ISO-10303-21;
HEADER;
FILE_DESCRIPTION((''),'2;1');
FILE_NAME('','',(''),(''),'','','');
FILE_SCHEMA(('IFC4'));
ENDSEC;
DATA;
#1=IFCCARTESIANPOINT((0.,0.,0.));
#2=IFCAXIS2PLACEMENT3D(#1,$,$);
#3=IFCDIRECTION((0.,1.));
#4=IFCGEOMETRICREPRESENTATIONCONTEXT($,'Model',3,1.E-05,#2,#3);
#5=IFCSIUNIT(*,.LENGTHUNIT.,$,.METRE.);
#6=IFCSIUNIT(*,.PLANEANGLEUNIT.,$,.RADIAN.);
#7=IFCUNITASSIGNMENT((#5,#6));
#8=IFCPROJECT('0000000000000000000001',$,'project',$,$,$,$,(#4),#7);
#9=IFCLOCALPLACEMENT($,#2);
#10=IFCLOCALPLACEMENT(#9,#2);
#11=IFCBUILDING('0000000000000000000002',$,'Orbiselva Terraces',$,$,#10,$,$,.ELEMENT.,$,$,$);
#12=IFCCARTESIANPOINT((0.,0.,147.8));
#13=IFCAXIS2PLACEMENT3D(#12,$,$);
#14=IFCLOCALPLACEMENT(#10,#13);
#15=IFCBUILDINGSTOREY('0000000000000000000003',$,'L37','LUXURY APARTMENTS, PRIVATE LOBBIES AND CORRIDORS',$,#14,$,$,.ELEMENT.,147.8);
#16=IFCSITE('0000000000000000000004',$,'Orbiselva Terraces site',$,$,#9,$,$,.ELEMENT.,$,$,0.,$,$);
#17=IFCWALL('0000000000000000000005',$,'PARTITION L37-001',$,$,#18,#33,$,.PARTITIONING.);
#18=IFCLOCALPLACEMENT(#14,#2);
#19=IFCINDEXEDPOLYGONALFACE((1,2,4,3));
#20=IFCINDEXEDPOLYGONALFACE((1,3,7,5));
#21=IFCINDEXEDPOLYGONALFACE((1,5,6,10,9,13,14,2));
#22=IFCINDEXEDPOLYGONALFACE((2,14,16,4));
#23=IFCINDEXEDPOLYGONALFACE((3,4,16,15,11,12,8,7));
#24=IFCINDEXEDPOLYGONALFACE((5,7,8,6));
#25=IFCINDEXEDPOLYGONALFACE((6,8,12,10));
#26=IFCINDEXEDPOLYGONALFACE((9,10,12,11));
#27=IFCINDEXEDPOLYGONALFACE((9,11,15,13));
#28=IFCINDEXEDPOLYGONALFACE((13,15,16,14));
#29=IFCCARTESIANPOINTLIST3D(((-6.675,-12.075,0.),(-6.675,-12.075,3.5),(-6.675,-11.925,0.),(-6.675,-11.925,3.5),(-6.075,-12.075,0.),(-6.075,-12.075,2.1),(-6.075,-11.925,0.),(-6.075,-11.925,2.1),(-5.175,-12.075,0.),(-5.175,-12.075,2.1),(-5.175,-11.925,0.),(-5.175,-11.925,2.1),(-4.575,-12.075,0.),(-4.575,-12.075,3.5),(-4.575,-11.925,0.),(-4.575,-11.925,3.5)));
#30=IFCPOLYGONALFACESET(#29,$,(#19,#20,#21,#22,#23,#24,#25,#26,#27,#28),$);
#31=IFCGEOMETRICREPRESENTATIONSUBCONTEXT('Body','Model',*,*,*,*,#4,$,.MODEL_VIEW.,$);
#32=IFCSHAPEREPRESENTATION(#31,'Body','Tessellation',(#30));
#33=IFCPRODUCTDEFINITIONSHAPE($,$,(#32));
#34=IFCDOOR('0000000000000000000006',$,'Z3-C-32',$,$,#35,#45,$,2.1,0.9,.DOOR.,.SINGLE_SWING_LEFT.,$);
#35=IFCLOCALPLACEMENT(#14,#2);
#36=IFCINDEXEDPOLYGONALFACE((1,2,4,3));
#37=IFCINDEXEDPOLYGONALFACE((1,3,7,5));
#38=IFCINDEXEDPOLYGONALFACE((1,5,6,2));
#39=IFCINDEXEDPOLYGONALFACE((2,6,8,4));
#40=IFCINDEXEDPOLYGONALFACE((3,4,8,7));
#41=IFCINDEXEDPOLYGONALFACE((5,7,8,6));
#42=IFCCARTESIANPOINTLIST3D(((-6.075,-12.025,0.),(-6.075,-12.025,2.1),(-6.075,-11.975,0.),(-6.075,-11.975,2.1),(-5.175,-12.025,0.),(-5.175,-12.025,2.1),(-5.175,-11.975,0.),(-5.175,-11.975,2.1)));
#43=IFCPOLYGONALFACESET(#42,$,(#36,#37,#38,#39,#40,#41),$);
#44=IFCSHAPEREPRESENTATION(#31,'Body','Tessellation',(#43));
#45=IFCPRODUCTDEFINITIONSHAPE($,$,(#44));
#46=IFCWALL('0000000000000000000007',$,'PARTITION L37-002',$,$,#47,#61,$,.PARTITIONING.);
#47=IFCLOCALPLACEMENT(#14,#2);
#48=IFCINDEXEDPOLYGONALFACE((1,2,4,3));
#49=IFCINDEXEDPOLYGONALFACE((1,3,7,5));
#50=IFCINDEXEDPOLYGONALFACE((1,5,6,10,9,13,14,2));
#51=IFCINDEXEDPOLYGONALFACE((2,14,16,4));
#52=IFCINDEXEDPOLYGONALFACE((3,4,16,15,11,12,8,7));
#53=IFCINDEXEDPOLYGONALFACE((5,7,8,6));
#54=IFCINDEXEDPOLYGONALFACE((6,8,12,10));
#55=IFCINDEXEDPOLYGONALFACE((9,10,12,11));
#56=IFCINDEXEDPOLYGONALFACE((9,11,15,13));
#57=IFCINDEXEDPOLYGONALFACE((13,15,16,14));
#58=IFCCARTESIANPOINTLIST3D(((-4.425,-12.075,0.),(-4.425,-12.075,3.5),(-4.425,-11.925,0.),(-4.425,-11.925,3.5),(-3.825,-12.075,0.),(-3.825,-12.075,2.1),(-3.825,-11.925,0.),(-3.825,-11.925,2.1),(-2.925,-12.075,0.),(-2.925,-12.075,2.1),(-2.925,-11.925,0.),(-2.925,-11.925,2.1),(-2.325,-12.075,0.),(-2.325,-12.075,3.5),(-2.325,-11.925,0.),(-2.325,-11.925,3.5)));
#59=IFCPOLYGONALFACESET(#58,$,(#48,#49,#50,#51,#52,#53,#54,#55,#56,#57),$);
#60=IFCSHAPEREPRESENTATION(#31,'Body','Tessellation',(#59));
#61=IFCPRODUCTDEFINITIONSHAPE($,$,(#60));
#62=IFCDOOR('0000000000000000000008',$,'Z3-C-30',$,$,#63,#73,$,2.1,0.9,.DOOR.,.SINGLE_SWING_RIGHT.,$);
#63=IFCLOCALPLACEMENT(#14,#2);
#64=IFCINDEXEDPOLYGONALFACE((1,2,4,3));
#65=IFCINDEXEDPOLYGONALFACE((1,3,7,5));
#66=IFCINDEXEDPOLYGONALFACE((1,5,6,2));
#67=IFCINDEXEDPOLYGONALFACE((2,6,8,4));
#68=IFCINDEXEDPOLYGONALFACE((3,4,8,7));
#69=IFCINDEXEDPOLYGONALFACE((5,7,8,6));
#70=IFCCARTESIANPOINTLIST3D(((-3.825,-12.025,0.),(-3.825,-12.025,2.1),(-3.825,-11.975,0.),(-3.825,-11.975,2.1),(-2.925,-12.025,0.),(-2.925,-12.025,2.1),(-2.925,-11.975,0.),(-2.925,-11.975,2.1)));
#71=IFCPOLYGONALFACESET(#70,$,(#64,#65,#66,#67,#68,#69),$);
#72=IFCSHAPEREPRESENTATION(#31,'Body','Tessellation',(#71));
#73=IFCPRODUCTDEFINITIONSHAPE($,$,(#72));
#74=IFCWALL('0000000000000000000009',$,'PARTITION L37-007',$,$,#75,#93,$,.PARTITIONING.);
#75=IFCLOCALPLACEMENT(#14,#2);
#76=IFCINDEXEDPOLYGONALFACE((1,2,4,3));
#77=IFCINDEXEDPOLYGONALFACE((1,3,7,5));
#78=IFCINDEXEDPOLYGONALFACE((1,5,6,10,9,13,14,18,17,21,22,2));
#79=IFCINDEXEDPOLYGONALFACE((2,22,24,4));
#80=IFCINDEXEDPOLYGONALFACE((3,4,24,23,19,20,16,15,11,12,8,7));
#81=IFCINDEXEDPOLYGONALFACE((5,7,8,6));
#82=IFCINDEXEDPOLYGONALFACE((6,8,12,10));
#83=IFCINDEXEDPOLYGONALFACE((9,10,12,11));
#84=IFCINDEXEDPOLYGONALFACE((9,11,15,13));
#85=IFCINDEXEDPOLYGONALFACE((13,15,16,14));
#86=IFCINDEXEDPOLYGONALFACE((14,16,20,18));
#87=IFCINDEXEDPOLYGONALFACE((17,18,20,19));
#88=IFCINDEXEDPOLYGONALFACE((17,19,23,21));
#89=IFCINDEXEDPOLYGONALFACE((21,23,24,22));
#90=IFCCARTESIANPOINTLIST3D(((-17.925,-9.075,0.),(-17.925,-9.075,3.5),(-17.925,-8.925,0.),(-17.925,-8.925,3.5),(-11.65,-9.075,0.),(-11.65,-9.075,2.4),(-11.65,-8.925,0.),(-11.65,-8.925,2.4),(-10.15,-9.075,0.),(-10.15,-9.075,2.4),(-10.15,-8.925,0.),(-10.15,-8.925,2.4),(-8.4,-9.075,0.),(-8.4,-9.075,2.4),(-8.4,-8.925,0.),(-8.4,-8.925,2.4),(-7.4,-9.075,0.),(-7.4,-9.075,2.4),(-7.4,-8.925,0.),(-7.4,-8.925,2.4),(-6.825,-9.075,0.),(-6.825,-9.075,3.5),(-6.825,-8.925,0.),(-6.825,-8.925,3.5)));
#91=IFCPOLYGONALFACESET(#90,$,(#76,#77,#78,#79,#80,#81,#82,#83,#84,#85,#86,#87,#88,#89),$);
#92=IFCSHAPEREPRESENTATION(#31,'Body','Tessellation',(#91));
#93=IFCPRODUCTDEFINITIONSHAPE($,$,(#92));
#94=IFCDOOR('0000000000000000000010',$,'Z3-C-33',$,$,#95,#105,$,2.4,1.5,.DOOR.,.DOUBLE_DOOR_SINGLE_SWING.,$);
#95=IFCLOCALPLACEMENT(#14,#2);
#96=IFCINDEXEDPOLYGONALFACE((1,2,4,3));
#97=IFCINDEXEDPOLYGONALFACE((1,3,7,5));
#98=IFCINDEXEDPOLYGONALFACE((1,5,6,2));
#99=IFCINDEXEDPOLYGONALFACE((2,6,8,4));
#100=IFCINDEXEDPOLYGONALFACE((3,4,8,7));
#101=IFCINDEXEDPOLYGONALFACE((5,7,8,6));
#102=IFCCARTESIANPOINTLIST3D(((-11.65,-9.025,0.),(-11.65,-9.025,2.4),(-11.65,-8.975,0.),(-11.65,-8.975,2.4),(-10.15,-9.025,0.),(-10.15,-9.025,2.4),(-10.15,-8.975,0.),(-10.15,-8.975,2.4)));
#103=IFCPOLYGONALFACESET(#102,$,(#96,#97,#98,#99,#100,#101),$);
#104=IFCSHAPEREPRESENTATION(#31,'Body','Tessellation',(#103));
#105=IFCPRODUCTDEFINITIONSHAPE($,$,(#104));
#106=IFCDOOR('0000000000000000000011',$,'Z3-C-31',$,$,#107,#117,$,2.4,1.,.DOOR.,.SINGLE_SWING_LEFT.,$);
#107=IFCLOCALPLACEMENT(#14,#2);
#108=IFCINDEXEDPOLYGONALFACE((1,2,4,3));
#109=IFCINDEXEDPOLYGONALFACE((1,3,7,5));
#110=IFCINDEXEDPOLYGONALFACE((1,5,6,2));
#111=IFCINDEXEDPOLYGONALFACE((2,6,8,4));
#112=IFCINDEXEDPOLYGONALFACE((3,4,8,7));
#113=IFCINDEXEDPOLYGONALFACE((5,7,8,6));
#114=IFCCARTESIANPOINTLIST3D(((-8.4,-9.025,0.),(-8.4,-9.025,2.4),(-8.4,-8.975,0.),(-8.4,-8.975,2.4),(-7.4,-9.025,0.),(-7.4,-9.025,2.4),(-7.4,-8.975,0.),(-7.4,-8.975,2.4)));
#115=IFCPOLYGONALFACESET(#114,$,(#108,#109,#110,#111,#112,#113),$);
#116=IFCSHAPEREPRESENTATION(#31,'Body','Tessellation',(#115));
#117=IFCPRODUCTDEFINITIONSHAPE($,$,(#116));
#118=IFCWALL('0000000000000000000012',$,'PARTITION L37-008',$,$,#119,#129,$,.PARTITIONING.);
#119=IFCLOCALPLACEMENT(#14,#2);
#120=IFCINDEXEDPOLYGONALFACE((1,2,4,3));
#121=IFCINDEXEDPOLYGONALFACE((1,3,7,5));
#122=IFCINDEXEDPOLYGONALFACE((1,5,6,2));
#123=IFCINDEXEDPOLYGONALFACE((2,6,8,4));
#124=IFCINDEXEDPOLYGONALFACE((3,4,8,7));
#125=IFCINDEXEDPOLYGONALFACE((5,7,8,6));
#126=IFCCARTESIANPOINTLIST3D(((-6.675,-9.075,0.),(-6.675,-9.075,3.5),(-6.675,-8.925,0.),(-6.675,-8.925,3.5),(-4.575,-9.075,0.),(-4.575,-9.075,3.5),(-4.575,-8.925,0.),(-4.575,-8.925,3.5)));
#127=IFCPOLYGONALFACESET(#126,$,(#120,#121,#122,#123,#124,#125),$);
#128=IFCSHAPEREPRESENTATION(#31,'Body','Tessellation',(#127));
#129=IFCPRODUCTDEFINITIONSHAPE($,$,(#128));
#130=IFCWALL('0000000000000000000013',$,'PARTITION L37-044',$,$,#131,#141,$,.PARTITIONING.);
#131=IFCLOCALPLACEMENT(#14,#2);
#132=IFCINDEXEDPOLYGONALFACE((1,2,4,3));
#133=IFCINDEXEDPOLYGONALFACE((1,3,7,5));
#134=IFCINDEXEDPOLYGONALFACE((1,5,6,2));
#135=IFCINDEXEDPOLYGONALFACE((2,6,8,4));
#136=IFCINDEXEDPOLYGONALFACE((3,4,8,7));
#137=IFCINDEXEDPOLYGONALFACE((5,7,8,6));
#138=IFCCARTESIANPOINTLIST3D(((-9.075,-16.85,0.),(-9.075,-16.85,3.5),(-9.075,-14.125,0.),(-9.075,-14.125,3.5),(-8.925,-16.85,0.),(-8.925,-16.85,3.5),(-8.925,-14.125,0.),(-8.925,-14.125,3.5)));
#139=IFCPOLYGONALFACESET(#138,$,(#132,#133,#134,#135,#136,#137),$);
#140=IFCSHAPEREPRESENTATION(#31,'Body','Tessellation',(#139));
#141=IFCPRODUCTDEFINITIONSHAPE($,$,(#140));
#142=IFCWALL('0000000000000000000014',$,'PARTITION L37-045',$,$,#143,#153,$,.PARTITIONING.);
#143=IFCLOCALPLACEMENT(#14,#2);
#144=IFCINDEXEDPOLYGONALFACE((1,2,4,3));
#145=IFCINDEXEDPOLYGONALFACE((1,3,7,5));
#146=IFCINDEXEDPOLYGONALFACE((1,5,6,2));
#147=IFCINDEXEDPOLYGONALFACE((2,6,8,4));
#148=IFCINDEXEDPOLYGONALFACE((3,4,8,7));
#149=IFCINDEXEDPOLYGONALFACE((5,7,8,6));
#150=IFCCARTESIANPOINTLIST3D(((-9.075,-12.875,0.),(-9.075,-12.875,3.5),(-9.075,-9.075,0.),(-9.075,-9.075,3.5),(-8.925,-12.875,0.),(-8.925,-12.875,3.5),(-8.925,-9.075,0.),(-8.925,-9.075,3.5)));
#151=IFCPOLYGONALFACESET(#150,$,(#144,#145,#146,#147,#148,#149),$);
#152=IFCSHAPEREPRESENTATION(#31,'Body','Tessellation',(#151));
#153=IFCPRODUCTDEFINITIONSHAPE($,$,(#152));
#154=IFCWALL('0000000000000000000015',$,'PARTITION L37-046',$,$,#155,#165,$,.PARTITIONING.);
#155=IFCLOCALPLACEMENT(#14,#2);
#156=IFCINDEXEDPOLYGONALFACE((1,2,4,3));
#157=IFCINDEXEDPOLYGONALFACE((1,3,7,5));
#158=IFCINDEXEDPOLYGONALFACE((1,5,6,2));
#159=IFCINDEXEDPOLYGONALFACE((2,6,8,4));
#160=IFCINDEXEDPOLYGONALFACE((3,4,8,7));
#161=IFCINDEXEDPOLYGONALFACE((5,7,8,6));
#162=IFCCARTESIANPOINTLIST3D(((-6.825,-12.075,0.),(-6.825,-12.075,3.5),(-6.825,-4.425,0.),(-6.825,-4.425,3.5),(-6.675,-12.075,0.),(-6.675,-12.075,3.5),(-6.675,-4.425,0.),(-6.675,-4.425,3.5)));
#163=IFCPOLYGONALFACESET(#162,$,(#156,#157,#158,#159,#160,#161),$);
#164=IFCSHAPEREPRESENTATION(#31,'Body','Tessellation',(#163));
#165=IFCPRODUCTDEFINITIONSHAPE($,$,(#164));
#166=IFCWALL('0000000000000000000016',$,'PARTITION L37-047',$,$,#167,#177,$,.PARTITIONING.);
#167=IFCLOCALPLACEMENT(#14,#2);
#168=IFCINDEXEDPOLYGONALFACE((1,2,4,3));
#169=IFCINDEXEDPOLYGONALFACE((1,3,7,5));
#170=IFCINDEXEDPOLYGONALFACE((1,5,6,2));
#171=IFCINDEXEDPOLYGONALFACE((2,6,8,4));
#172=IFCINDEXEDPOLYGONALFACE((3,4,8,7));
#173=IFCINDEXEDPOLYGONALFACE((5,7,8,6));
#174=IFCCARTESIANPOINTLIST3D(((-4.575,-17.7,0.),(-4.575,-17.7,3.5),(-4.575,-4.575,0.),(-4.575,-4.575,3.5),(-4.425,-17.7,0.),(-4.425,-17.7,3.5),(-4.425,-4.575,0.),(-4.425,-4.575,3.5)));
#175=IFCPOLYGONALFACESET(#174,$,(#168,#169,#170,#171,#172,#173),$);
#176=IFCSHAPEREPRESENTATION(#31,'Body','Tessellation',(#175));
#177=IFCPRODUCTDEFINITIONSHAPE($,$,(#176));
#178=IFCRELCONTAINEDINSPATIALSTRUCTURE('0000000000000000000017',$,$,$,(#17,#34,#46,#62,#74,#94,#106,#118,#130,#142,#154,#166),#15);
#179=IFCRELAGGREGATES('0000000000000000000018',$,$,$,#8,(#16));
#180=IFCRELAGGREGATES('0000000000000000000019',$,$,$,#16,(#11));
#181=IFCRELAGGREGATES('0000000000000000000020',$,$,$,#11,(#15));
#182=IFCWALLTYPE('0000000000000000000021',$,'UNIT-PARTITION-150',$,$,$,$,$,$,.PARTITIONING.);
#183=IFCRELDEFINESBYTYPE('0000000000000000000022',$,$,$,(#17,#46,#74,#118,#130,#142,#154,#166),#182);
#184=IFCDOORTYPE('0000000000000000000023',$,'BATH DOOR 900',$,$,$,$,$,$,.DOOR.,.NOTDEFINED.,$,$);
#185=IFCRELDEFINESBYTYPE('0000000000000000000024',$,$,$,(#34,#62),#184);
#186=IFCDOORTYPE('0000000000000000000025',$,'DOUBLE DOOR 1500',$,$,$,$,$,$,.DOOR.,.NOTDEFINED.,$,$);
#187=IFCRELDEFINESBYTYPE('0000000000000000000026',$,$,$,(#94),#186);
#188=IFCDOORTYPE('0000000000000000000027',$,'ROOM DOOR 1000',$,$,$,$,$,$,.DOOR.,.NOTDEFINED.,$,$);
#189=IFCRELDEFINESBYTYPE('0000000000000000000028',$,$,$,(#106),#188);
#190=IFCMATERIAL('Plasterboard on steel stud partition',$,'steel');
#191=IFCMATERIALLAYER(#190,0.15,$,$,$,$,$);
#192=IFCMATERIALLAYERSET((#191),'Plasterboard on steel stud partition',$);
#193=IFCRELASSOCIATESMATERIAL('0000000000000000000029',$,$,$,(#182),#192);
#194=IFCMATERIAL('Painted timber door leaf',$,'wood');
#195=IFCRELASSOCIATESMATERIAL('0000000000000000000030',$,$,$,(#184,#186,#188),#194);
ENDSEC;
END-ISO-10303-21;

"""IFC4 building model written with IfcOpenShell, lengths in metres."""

from ifc_helpers import new_model, si_unit, direction, frame, frame_2d, origin, place, context, subcontext, project, spatial, rectangle, extrude, material, layer, layer_set, type_object, element, fill, save


model = new_model("IFC4")

# Units and contexts
model_context = context("Model", 3, precision=1e-05, world=origin(), true_north=direction((0.0, 1.0)))
body_context = subcontext(model_context, "Body", "Model", "MODEL_VIEW")
ifc_project = project(units=[si_unit("LENGTHUNIT", "METRE"), si_unit("PLANEANGLEUNIT", "RADIAN")], contexts=[model_context])

# Site, building, storey
site_placement = place(None, origin())
site = spatial("IfcSite", under=ifc_project, at=site_placement, Name="Orbiselva Terraces site", CompositionType="ELEMENT", RefElevation=0.0)
building_placement = place(site_placement, origin())
building = spatial("IfcBuilding", under=site, at=building_placement, Name="Orbiselva Terraces", CompositionType="ELEMENT")
storey_placement = place(building_placement, frame((0.0, 0.0, 147.8)))
storey = spatial("IfcBuildingStorey", under=building, at=storey_placement, Name="L37", Description="LUXURY APARTMENTS, PRIVATE LOBBIES AND CORRIDORS", CompositionType="ELEMENT", Elevation=147.8)

# Walls, openings, doors
ifc_material_1 = material(Name="Plasterboard on steel stud partition", Category="steel")
ifc_layer_1 = layer(ifc_material_1, 0.15)
ifc_layer_set_1 = layer_set([ifc_layer_1], Name="Plasterboard on steel stud partition")
wall_type_1 = type_object("IfcWallType", Name="UNIT-PARTITION-150", PredefinedType="PARTITIONING", material=ifc_layer_set_1)
wall_1_placement = place(storey_placement, frame((-6.675, -12.0, 0.0), z_axis=(0.0, 0.0, 1.0), x_axis=(1.0, 0.0, 0.0)))
wall_1 = element("IfcWall", 1, at=wall_1_placement, inside=storey, type_object=wall_type_1, Name="PARTITION L37-001", PredefinedType="PARTITIONING", context=body_context, shape_type="SweptSolid", body=[
    extrude(rectangle(XDim=2.1, YDim=0.15, at=frame_2d((1.05, 0.0))), origin(), (0.0, 0.0, 1.0), 3.5),
])
opening_1_placement = place(wall_1_placement, frame((0.6, 0.0, 0.0)))
opening_1 = element("IfcOpeningElement", 2, at=opening_1_placement, cuts=wall_1, PredefinedType="OPENING", context=body_context, shape_type="SweptSolid", body=[
    extrude(rectangle(XDim=0.9, YDim=2.1, at=frame_2d((0.45, 1.05))), frame((0.0, 0.085, 0.0), z_axis=(0.0, -1.0, 0.0), x_axis=(1.0, 0.0, 0.0)), (0.0, 0.0, 1.0), 0.17),
])
ifc_material_2 = material(Name="Painted timber door leaf", Category="wood")
door_type_1 = type_object("IfcDoorType", Name="BATH DOOR 900", OperationType="NOTDEFINED", PredefinedType="DOOR", material=ifc_material_2)
door_1_placement = place(opening_1_placement, origin())
door_1 = element("IfcDoor", 3, at=door_1_placement, inside=storey, type_object=door_type_1, Name="Z3-C-32", OperationType="SINGLE_SWING_LEFT", OverallHeight=2.1, OverallWidth=0.9, PredefinedType="DOOR", context=body_context, shape_type="SweptSolid", body=[
    extrude(rectangle(XDim=0.9, YDim=2.1, at=frame_2d((0.45, 1.05))), frame((0.0, 0.025, 0.0), z_axis=(0.0, -1.0, 0.0), x_axis=(1.0, 0.0, 0.0)), (0.0, 0.0, 1.0), 0.05),
])
fill(opening_1, door_1)
wall_2_placement = place(storey_placement, frame((-4.425, -12.0, 0.0), z_axis=(0.0, 0.0, 1.0), x_axis=(1.0, 0.0, 0.0)))
wall_2 = element("IfcWall", 4, at=wall_2_placement, inside=storey, type_object=wall_type_1, Name="PARTITION L37-002", PredefinedType="PARTITIONING", context=body_context, shape_type="SweptSolid", body=[
    extrude(rectangle(XDim=2.1, YDim=0.15, at=frame_2d((1.05, 0.0))), origin(), (0.0, 0.0, 1.0), 3.5),
])
opening_2_placement = place(wall_2_placement, frame((0.6, 0.0, 0.0)))
opening_2 = element("IfcOpeningElement", 5, at=opening_2_placement, cuts=wall_2, PredefinedType="OPENING", context=body_context, shape_type="SweptSolid", body=[
    extrude(rectangle(XDim=0.9, YDim=2.1, at=frame_2d((0.45, 1.05))), frame((0.0, 0.085, 0.0), z_axis=(0.0, -1.0, 0.0), x_axis=(1.0, 0.0, 0.0)), (0.0, 0.0, 1.0), 0.17),
])
door_2_placement = place(opening_2_placement, origin())
door_2 = element("IfcDoor", 6, at=door_2_placement, inside=storey, type_object=door_type_1, Name="Z3-C-30", OperationType="SINGLE_SWING_RIGHT", OverallHeight=2.1, OverallWidth=0.9, PredefinedType="DOOR", context=body_context, shape_type="SweptSolid", body=[
    extrude(rectangle(XDim=0.9, YDim=2.1, at=frame_2d((0.45, 1.05))), frame((0.0, 0.025, 0.0), z_axis=(0.0, -1.0, 0.0), x_axis=(1.0, 0.0, 0.0)), (0.0, 0.0, 1.0), 0.05),
])
fill(opening_2, door_2)

# Wall, openings, doors
wall_3_placement = place(storey_placement, frame((-6.825, -9.0, 0.0), z_axis=(0.0, 0.0, 1.0), x_axis=(-1.0, 0.0, 0.0)))
wall_3 = element("IfcWall", 7, at=wall_3_placement, inside=storey, type_object=wall_type_1, Name="PARTITION L37-007", PredefinedType="PARTITIONING", context=body_context, shape_type="SweptSolid", body=[
    extrude(rectangle(XDim=11.1, YDim=0.15, at=frame_2d((5.55, 0.0))), origin(), (0.0, 0.0, 1.0), 3.5),
])
opening_3_placement = place(wall_3_placement, frame((0.575, 0.0, 0.0)))
opening_3 = element("IfcOpeningElement", 8, at=opening_3_placement, cuts=wall_3, PredefinedType="OPENING", context=body_context, shape_type="SweptSolid", body=[
    extrude(rectangle(XDim=1.0, YDim=2.4, at=frame_2d((0.5, 1.2))), frame((0.0, 0.085, 0.0), z_axis=(0.0, -1.0, 0.0), x_axis=(1.0, 0.0, 0.0)), (0.0, 0.0, 1.0), 0.17),
])
opening_4_placement = place(wall_3_placement, frame((3.325, 0.0, 0.0)))
opening_4 = element("IfcOpeningElement", 9, at=opening_4_placement, cuts=wall_3, PredefinedType="OPENING", context=body_context, shape_type="SweptSolid", body=[
    extrude(rectangle(XDim=1.5, YDim=2.4, at=frame_2d((0.75, 1.2))), frame((0.0, 0.085, 0.0), z_axis=(0.0, -1.0, 0.0), x_axis=(1.0, 0.0, 0.0)), (0.0, 0.0, 1.0), 0.17),
])
door_type_2 = type_object("IfcDoorType", Name="DOUBLE DOOR 1500", OperationType="NOTDEFINED", PredefinedType="DOOR", material=ifc_material_2)
door_3_placement = place(opening_4_placement, origin())
door_3 = element("IfcDoor", 10, at=door_3_placement, inside=storey, type_object=door_type_2, Name="Z3-C-33", OperationType="DOUBLE_DOOR_SINGLE_SWING", OverallHeight=2.4, OverallWidth=1.5, PredefinedType="DOOR", context=body_context, shape_type="SweptSolid", body=[
    extrude(rectangle(XDim=1.5, YDim=2.4, at=frame_2d((0.75, 1.2))), frame((0.0, 0.025, 0.0), z_axis=(0.0, -1.0, 0.0), x_axis=(1.0, 0.0, 0.0)), (0.0, 0.0, 1.0), 0.05),
])
fill(opening_4, door_3)
door_type_3 = type_object("IfcDoorType", Name="ROOM DOOR 1000", OperationType="NOTDEFINED", PredefinedType="DOOR", material=ifc_material_2)
door_4_placement = place(opening_3_placement, origin())
door_4 = element("IfcDoor", 11, at=door_4_placement, inside=storey, type_object=door_type_3, Name="Z3-C-31", OperationType="SINGLE_SWING_LEFT", OverallHeight=2.4, OverallWidth=1.0, PredefinedType="DOOR", context=body_context, shape_type="SweptSolid", body=[
    extrude(rectangle(XDim=1.0, YDim=2.4, at=frame_2d((0.5, 1.2))), frame((0.0, 0.025, 0.0), z_axis=(0.0, -1.0, 0.0), x_axis=(1.0, 0.0, 0.0)), (0.0, 0.0, 1.0), 0.05),
])
fill(opening_3, door_4)

# Walls
wall_4_placement = place(storey_placement, frame((-6.675, -9.0, 0.0), z_axis=(0.0, 0.0, 1.0), x_axis=(1.0, 0.0, 0.0)))
element("IfcWall", 12, at=wall_4_placement, inside=storey, type_object=wall_type_1, Name="PARTITION L37-008", PredefinedType="PARTITIONING", context=body_context, shape_type="SweptSolid", body=[
    extrude(rectangle(XDim=2.1, YDim=0.15, at=frame_2d((1.05, 0.0))), origin(), (0.0, 0.0, 1.0), 3.5),
])
wall_5_placement = place(storey_placement, frame((-9.0, -16.85, 0.0), z_axis=(0.0, 0.0, 1.0), x_axis=(0.0, 1.0, 0.0)))
element("IfcWall", 13, at=wall_5_placement, inside=storey, type_object=wall_type_1, Name="PARTITION L37-044", PredefinedType="PARTITIONING", context=body_context, shape_type="SweptSolid", body=[
    extrude(rectangle(XDim=2.725, YDim=0.15, at=frame_2d((1.3625, 0.0))), origin(), (0.0, 0.0, 1.0), 3.5),
])
wall_6_placement = place(storey_placement, frame((-9.0, -12.875, 0.0), z_axis=(0.0, 0.0, 1.0), x_axis=(0.0, 1.0, 0.0)))
element("IfcWall", 14, at=wall_6_placement, inside=storey, type_object=wall_type_1, Name="PARTITION L37-045", PredefinedType="PARTITIONING", context=body_context, shape_type="SweptSolid", body=[
    extrude(rectangle(XDim=3.8, YDim=0.15, at=frame_2d((1.9, 0.0))), origin(), (0.0, 0.0, 1.0), 3.5),
])
wall_7_placement = place(storey_placement, frame((-6.75, -12.075, 0.0), z_axis=(0.0, 0.0, 1.0), x_axis=(0.0, 1.0, 0.0)))
element("IfcWall", 15, at=wall_7_placement, inside=storey, type_object=wall_type_1, Name="PARTITION L37-046", PredefinedType="PARTITIONING", context=body_context, shape_type="SweptSolid", body=[
    extrude(rectangle(XDim=7.65, YDim=0.15, at=frame_2d((3.825, 0.0))), origin(), (0.0, 0.0, 1.0), 3.5),
])
wall_8_placement = place(storey_placement, frame((-4.5, -17.7, 0.0), z_axis=(0.0, 0.0, 1.0), x_axis=(0.0, 1.0, 0.0)))
element("IfcWall", 16, at=wall_8_placement, inside=storey, type_object=wall_type_1, Name="PARTITION L37-047", PredefinedType="PARTITIONING", context=body_context, shape_type="SweptSolid", body=[
    extrude(rectangle(XDim=13.125, YDim=0.15, at=frame_2d((6.5625, 0.0))), origin(), (0.0, 0.0, 1.0), 3.5),
])

save(model, "model.ifc")
